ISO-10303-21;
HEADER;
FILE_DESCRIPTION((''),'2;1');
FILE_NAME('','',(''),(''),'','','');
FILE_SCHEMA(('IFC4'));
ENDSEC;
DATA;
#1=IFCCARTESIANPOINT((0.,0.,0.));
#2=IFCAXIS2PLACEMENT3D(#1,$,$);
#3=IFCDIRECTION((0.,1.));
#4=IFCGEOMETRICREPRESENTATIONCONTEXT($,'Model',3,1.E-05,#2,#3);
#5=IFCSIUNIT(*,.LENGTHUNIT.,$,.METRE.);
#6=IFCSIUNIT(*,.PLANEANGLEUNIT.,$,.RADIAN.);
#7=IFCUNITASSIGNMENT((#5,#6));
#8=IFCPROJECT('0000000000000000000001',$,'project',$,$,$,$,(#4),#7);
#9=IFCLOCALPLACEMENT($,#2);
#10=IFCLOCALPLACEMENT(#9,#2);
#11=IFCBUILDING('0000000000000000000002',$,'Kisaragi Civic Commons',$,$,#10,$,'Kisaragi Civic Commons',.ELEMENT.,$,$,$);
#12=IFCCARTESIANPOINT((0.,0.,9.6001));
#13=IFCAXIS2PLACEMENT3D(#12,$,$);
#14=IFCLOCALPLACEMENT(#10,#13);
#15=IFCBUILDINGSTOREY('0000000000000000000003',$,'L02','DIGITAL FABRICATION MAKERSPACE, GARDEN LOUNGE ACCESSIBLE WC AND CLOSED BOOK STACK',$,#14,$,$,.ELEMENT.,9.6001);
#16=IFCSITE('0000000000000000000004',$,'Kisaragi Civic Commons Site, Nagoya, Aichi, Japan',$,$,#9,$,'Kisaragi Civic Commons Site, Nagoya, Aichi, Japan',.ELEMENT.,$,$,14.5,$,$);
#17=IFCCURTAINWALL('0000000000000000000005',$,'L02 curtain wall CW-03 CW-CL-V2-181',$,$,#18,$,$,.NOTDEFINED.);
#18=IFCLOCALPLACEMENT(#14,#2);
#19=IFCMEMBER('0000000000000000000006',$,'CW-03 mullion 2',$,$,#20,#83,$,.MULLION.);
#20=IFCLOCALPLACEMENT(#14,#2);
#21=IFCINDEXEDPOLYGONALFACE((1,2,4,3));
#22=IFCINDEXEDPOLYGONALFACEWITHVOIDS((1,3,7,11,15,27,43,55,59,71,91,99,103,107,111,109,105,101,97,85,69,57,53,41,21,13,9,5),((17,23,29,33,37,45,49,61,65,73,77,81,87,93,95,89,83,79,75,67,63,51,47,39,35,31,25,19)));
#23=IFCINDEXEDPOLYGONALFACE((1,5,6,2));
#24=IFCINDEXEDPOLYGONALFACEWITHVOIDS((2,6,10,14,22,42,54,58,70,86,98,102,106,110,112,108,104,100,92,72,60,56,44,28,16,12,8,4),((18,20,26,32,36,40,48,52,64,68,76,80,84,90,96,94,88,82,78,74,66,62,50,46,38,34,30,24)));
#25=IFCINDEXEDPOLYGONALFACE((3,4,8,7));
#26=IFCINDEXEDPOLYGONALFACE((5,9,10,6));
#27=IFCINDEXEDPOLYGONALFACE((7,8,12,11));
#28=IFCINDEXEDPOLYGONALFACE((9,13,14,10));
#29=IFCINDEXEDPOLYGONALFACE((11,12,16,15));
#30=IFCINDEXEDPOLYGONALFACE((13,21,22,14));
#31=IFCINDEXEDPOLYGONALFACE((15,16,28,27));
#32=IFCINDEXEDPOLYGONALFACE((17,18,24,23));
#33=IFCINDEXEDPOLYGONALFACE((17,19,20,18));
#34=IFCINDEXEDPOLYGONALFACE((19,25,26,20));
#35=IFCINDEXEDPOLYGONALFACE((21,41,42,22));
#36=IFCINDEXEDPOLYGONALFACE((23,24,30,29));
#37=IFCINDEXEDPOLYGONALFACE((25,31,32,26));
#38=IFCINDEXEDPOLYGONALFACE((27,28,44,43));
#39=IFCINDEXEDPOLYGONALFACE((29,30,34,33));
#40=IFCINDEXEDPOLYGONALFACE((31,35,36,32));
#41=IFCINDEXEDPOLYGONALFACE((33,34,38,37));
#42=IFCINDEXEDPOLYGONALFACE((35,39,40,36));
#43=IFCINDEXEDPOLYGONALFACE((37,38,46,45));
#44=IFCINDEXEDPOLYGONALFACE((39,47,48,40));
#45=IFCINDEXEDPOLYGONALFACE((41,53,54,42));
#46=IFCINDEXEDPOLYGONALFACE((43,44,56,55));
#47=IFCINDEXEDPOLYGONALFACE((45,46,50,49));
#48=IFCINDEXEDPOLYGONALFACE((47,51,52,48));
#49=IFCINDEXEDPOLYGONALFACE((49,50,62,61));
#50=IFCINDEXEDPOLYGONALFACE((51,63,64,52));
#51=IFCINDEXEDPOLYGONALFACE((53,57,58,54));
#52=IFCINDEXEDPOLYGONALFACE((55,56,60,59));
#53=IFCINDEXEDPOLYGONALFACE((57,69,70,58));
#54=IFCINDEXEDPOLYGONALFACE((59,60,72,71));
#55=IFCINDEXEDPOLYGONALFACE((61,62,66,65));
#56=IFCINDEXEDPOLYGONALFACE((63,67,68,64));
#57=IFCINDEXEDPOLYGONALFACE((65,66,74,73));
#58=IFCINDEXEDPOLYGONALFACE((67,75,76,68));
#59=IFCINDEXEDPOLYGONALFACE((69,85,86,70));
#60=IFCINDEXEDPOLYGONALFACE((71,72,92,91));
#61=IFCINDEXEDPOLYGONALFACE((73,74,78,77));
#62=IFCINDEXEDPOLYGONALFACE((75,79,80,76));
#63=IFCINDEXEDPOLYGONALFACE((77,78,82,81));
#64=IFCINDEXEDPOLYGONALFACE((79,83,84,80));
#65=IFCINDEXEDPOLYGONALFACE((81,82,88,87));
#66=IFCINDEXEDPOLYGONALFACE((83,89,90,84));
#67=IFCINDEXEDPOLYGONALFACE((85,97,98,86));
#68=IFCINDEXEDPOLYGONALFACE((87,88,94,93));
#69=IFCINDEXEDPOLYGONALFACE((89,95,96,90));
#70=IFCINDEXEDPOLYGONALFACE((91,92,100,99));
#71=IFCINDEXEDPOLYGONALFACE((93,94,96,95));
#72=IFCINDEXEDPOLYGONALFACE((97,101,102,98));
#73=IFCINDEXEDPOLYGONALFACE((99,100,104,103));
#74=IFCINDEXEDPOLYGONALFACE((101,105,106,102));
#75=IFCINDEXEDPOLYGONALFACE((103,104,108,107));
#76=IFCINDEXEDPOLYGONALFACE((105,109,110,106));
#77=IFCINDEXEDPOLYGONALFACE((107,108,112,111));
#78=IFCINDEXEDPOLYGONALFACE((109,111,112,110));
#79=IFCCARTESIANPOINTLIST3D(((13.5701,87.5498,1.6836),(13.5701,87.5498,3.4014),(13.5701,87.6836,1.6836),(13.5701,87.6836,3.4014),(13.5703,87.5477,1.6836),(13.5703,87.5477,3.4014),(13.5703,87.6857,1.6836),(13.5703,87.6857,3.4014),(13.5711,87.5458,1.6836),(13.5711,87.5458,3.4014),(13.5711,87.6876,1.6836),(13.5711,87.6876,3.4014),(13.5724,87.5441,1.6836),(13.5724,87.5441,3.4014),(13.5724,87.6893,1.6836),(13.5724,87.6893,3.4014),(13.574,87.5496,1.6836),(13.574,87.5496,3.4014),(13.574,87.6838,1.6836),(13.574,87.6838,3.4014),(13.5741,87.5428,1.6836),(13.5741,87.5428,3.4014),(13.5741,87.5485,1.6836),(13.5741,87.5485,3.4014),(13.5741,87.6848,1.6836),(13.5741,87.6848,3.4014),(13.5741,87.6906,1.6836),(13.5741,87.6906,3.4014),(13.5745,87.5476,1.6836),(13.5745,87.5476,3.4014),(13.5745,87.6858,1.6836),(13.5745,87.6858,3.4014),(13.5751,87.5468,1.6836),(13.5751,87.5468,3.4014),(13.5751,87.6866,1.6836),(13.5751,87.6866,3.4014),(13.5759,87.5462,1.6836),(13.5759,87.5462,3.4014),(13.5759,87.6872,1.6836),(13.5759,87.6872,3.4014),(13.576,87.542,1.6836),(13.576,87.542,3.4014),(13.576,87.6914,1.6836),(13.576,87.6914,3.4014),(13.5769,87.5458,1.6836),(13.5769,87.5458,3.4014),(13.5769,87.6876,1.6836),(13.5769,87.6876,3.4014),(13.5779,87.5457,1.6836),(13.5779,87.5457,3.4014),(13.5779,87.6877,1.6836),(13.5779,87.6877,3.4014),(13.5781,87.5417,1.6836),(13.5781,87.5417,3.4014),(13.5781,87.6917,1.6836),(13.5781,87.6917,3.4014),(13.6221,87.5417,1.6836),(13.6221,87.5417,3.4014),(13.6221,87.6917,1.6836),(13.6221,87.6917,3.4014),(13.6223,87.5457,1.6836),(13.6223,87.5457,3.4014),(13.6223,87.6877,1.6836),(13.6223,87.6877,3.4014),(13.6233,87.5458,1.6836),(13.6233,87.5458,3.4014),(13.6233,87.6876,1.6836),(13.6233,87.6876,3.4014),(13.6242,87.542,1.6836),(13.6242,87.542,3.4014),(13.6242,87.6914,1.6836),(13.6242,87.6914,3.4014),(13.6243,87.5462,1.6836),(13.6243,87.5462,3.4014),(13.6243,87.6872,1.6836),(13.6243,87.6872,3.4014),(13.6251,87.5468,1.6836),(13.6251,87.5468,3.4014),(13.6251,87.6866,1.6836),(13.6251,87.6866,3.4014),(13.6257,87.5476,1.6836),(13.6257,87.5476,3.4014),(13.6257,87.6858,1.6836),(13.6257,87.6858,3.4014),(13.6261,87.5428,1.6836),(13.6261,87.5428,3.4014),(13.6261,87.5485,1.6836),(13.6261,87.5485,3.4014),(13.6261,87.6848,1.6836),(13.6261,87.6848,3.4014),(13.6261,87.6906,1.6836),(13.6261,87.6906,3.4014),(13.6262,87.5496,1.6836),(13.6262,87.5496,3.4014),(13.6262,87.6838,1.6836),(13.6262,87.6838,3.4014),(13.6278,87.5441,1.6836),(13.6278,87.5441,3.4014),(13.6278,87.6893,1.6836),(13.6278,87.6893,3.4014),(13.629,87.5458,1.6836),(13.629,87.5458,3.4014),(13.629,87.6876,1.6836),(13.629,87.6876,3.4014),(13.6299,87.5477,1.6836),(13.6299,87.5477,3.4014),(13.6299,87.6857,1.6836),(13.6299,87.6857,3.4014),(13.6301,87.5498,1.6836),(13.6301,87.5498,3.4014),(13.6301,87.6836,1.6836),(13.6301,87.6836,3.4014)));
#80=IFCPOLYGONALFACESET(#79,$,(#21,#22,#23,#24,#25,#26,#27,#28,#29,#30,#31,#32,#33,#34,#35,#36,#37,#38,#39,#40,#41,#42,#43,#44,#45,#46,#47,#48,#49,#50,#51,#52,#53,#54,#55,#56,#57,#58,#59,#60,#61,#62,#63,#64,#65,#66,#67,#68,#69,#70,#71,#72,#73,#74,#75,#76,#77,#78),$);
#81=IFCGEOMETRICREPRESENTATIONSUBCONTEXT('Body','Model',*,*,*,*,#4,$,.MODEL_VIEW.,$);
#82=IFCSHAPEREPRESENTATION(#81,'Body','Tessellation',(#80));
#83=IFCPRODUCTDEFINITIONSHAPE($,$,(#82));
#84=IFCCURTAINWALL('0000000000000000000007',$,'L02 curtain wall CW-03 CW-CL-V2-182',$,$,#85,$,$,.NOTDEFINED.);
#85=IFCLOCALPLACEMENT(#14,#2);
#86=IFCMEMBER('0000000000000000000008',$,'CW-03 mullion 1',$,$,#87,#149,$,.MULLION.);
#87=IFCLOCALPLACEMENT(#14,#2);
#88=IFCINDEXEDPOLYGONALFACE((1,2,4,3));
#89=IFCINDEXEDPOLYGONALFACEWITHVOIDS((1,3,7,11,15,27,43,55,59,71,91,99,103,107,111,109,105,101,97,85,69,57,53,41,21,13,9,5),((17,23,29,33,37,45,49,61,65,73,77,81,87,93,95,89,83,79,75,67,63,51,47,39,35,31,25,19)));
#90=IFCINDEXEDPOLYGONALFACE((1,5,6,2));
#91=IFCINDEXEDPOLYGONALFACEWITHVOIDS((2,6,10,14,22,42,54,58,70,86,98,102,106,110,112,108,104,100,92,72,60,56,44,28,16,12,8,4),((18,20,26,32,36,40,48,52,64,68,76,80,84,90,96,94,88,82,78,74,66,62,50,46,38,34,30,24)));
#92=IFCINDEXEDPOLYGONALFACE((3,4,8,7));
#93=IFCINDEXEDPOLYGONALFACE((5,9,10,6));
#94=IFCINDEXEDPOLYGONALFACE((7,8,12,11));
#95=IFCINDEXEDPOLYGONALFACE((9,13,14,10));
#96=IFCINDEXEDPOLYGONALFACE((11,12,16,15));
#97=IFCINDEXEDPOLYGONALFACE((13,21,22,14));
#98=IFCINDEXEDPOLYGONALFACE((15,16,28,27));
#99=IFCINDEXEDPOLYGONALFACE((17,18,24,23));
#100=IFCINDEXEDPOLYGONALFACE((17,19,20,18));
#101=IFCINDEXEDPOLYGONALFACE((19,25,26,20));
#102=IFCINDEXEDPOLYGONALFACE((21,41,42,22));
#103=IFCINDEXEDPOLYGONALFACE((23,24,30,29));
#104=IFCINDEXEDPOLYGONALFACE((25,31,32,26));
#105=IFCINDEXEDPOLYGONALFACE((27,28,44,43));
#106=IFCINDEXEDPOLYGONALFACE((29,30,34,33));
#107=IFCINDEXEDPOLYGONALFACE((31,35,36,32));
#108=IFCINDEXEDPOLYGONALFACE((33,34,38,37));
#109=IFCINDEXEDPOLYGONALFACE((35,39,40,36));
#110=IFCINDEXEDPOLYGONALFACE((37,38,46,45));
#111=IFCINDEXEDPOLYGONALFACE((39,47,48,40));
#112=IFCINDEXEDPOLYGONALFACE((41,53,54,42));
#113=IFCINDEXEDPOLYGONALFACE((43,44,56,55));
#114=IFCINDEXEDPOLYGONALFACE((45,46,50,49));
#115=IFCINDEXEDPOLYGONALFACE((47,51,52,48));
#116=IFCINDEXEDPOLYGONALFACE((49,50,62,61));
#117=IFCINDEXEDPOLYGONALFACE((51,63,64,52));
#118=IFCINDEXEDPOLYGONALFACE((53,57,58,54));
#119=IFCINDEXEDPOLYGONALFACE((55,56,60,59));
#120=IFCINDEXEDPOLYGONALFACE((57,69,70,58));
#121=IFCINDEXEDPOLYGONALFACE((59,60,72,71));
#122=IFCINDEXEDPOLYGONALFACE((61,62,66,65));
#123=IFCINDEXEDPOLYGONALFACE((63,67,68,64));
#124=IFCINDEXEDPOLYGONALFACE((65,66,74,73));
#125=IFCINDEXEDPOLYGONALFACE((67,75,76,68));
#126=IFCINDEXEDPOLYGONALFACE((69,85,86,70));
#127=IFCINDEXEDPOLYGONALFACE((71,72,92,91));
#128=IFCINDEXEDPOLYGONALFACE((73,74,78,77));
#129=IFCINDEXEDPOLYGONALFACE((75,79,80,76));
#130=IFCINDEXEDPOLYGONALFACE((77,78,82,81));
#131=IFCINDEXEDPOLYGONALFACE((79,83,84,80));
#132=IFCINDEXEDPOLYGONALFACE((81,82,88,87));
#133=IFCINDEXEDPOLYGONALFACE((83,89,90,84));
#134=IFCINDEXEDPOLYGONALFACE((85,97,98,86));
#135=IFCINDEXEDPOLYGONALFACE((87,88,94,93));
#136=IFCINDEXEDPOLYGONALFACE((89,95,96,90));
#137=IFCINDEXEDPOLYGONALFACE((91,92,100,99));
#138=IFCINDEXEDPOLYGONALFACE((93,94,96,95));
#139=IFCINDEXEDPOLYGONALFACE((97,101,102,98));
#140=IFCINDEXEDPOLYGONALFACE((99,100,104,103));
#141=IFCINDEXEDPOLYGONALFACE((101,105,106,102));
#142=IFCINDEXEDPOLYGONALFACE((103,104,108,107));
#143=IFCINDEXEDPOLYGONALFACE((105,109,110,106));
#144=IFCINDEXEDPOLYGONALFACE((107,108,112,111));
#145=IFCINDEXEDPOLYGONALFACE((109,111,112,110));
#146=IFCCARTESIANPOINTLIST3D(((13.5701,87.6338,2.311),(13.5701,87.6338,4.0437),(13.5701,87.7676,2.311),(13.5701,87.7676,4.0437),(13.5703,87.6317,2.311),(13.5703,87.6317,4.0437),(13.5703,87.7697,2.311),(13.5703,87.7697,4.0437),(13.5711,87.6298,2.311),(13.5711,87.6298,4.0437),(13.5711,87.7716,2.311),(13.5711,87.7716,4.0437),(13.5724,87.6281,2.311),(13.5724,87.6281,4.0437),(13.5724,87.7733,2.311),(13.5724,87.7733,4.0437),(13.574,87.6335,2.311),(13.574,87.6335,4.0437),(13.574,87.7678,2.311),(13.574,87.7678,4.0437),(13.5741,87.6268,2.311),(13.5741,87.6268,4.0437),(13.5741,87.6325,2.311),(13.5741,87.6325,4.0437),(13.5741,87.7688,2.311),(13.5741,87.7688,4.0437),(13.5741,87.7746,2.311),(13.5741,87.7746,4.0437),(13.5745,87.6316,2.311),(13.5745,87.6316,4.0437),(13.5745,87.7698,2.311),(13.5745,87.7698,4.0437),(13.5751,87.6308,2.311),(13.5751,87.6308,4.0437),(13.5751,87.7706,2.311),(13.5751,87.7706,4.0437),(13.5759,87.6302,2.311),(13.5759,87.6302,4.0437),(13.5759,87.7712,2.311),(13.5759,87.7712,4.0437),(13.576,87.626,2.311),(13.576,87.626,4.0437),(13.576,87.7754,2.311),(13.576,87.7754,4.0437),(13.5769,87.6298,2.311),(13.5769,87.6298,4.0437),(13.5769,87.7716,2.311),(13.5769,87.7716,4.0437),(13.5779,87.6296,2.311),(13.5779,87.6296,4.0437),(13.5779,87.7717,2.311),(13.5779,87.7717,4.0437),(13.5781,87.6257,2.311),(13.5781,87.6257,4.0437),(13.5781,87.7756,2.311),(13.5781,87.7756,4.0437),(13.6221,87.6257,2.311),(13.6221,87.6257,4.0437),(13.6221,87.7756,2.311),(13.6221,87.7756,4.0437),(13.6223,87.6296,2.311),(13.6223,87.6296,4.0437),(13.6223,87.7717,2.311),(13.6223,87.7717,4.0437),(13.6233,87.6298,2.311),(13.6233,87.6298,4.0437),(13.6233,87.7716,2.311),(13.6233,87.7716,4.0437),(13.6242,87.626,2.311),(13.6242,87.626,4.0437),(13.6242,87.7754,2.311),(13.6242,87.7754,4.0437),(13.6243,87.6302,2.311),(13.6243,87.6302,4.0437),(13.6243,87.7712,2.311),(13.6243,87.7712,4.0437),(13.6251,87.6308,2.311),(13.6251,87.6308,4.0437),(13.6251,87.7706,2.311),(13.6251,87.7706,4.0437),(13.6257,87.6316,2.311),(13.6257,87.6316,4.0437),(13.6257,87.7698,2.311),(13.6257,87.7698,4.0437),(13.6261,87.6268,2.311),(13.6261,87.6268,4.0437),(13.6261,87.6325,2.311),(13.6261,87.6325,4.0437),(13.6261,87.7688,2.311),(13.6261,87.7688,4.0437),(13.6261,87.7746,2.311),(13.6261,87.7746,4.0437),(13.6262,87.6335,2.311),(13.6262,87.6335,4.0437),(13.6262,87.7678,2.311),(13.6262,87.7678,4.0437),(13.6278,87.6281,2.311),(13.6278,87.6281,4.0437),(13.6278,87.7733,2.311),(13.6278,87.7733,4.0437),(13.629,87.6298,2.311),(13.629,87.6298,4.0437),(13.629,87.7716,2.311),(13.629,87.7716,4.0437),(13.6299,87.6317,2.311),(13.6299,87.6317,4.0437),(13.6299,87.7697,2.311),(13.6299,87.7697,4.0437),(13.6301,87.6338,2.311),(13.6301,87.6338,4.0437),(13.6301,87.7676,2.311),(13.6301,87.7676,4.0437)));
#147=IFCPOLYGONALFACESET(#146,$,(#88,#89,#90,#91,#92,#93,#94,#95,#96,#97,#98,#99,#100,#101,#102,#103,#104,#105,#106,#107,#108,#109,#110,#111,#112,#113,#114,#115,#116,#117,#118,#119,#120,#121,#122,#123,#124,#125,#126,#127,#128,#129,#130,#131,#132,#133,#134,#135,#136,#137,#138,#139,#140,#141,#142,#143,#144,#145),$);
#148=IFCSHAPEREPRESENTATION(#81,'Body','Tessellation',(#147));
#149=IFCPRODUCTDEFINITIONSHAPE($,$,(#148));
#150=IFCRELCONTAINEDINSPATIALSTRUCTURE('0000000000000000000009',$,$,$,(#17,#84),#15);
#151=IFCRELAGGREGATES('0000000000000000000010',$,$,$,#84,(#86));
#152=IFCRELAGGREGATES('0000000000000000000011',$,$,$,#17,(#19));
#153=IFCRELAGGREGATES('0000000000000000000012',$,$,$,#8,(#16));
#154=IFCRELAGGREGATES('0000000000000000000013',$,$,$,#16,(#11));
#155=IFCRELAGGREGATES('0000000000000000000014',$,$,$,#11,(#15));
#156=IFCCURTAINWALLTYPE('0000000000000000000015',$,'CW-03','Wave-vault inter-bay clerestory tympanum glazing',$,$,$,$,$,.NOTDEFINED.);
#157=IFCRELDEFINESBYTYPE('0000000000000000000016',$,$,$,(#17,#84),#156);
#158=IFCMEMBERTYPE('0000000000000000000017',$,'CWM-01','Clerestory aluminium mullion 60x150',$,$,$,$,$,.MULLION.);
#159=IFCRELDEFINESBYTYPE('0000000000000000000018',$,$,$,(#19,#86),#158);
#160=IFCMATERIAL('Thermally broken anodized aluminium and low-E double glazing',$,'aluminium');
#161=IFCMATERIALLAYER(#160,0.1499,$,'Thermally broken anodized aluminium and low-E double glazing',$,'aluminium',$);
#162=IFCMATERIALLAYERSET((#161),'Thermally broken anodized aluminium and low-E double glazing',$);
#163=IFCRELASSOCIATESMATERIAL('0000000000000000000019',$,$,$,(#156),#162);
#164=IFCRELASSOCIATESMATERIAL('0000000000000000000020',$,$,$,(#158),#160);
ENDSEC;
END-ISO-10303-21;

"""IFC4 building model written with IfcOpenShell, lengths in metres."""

from ifc_helpers import new_model, si_unit, direction, frame, origin, origin_2d, place, context, subcontext, project, spatial, hollow_rectangle, extrude, material, layer, layer_set, material_profile, profile_set, type_object, element, aggregate, save


model = new_model("IFC4")

# Units and contexts
model_context = context("Model", 3, precision=1e-05, world=origin(), true_north=direction((0.0, 1.0)))
body_context = subcontext(model_context, "Body", "Model", "MODEL_VIEW")
ifc_project = project(units=[si_unit("LENGTHUNIT", "METRE"), si_unit("PLANEANGLEUNIT", "RADIAN")], contexts=[model_context])

# Site, building, storey
site_placement = place(None, origin())
site = spatial("IfcSite", under=ifc_project, at=site_placement, Name="Kisaragi Civic Commons Site, Nagoya, Aichi, Japan", LongName="Kisaragi Civic Commons Site, Nagoya, Aichi, Japan", CompositionType="ELEMENT", RefElevation=14.5)
building_placement = place(site_placement, origin())
building = spatial("IfcBuilding", under=site, at=building_placement, Name="Kisaragi Civic Commons", LongName="Kisaragi Civic Commons", CompositionType="ELEMENT")
storey_placement = place(building_placement, frame((0.0, 0.0, 9.6001)))
storey = spatial("IfcBuildingStorey", under=building, at=storey_placement, Name="L02", Description="DIGITAL FABRICATION MAKERSPACE, GARDEN LOUNGE ACCESSIBLE WC AND CLOSED BOOK STACK", CompositionType="ELEMENT", Elevation=9.6001)

# Shared definitions
ifc_material_1 = material(Name="Thermally broken anodized aluminium and low-E double glazing", Category="aluminium")
ifc_layer_1 = layer(ifc_material_1, 0.1499, Name="Thermally broken anodized aluminium and low-E double glazing", Category="aluminium")
ifc_layer_set_1 = layer_set([ifc_layer_1], Name="Thermally broken anodized aluminium and low-E double glazing")
curtain_wall_type = type_object("IfcCurtainWallType", Name="CW-03", Description="Wave-vault inter-bay clerestory tympanum glazing", PredefinedType="NOTDEFINED", material=ifc_layer_set_1)
ifc_material_profile_1 = material_profile(ifc_material_1, hollow_rectangle(XDim=0.0601, YDim=0.1499, WallThickness=0.0039, InnerFilletRadius=0.0039, OuterFilletRadius=0.0081, at=origin_2d()), Name="CWM-60x150x4", Category="aluminium")
ifc_profile_set_1 = profile_set([ifc_material_profile_1], Name="Thermally broken anodized aluminium and low-E double glazing")
member_type_1 = type_object("IfcMemberType", Name="CWM-01", Description="Clerestory aluminium mullion 60x150", PredefinedType="MULLION", material=ifc_profile_set_1)

# Curtain walls, members
curtain_wall_1_placement = place(storey_placement, origin())
curtain_wall_1 = element("IfcCurtainWall", 1, at=curtain_wall_1_placement, inside=storey, type_object=curtain_wall_type, Name="L02 curtain wall CW-03 CW-CL-V2-181", PredefinedType="NOTDEFINED")
member_1_placement = place(storey_placement, frame((13.6001, 87.6167, 1.6836), z_axis=(0.0, 0.0, 1.0), x_axis=(-1.0, 0.0, 0.0)))
member_1 = element("IfcMember", 2, at=member_1_placement, type_object=member_type_1, Name="CW-03 mullion 2", PredefinedType="MULLION", context=body_context, shape_type="SweptSolid", body=[
    extrude(hollow_rectangle(XDim=0.0601, YDim=0.1499, WallThickness=0.0039, InnerFilletRadius=0.0039, OuterFilletRadius=0.0081, at=origin_2d()), origin(), (0.0, 0.0, 1.0), 1.7178),
])
curtain_wall_2_placement = place(storey_placement, origin())
curtain_wall_2 = element("IfcCurtainWall", 3, at=curtain_wall_2_placement, inside=storey, type_object=curtain_wall_type, Name="L02 curtain wall CW-03 CW-CL-V2-182", PredefinedType="NOTDEFINED")
member_2_placement = place(storey_placement, frame((13.6001, 87.7007, 2.311), z_axis=(0.0, 0.0, 1.0), x_axis=(-1.0, 0.0, 0.0)))
member_2 = element("IfcMember", 4, at=member_2_placement, type_object=member_type_1, Name="CW-03 mullion 1", PredefinedType="MULLION", context=body_context, shape_type="SweptSolid", body=[
    extrude(hollow_rectangle(XDim=0.0601, YDim=0.1499, WallThickness=0.0039, InnerFilletRadius=0.0039, OuterFilletRadius=0.0081, at=origin_2d()), origin(), (0.0, 0.0, 1.0), 1.7327),
])

aggregate(curtain_wall_2, [member_2])
aggregate(curtain_wall_1, [member_1])

save(model, "model.ifc")
